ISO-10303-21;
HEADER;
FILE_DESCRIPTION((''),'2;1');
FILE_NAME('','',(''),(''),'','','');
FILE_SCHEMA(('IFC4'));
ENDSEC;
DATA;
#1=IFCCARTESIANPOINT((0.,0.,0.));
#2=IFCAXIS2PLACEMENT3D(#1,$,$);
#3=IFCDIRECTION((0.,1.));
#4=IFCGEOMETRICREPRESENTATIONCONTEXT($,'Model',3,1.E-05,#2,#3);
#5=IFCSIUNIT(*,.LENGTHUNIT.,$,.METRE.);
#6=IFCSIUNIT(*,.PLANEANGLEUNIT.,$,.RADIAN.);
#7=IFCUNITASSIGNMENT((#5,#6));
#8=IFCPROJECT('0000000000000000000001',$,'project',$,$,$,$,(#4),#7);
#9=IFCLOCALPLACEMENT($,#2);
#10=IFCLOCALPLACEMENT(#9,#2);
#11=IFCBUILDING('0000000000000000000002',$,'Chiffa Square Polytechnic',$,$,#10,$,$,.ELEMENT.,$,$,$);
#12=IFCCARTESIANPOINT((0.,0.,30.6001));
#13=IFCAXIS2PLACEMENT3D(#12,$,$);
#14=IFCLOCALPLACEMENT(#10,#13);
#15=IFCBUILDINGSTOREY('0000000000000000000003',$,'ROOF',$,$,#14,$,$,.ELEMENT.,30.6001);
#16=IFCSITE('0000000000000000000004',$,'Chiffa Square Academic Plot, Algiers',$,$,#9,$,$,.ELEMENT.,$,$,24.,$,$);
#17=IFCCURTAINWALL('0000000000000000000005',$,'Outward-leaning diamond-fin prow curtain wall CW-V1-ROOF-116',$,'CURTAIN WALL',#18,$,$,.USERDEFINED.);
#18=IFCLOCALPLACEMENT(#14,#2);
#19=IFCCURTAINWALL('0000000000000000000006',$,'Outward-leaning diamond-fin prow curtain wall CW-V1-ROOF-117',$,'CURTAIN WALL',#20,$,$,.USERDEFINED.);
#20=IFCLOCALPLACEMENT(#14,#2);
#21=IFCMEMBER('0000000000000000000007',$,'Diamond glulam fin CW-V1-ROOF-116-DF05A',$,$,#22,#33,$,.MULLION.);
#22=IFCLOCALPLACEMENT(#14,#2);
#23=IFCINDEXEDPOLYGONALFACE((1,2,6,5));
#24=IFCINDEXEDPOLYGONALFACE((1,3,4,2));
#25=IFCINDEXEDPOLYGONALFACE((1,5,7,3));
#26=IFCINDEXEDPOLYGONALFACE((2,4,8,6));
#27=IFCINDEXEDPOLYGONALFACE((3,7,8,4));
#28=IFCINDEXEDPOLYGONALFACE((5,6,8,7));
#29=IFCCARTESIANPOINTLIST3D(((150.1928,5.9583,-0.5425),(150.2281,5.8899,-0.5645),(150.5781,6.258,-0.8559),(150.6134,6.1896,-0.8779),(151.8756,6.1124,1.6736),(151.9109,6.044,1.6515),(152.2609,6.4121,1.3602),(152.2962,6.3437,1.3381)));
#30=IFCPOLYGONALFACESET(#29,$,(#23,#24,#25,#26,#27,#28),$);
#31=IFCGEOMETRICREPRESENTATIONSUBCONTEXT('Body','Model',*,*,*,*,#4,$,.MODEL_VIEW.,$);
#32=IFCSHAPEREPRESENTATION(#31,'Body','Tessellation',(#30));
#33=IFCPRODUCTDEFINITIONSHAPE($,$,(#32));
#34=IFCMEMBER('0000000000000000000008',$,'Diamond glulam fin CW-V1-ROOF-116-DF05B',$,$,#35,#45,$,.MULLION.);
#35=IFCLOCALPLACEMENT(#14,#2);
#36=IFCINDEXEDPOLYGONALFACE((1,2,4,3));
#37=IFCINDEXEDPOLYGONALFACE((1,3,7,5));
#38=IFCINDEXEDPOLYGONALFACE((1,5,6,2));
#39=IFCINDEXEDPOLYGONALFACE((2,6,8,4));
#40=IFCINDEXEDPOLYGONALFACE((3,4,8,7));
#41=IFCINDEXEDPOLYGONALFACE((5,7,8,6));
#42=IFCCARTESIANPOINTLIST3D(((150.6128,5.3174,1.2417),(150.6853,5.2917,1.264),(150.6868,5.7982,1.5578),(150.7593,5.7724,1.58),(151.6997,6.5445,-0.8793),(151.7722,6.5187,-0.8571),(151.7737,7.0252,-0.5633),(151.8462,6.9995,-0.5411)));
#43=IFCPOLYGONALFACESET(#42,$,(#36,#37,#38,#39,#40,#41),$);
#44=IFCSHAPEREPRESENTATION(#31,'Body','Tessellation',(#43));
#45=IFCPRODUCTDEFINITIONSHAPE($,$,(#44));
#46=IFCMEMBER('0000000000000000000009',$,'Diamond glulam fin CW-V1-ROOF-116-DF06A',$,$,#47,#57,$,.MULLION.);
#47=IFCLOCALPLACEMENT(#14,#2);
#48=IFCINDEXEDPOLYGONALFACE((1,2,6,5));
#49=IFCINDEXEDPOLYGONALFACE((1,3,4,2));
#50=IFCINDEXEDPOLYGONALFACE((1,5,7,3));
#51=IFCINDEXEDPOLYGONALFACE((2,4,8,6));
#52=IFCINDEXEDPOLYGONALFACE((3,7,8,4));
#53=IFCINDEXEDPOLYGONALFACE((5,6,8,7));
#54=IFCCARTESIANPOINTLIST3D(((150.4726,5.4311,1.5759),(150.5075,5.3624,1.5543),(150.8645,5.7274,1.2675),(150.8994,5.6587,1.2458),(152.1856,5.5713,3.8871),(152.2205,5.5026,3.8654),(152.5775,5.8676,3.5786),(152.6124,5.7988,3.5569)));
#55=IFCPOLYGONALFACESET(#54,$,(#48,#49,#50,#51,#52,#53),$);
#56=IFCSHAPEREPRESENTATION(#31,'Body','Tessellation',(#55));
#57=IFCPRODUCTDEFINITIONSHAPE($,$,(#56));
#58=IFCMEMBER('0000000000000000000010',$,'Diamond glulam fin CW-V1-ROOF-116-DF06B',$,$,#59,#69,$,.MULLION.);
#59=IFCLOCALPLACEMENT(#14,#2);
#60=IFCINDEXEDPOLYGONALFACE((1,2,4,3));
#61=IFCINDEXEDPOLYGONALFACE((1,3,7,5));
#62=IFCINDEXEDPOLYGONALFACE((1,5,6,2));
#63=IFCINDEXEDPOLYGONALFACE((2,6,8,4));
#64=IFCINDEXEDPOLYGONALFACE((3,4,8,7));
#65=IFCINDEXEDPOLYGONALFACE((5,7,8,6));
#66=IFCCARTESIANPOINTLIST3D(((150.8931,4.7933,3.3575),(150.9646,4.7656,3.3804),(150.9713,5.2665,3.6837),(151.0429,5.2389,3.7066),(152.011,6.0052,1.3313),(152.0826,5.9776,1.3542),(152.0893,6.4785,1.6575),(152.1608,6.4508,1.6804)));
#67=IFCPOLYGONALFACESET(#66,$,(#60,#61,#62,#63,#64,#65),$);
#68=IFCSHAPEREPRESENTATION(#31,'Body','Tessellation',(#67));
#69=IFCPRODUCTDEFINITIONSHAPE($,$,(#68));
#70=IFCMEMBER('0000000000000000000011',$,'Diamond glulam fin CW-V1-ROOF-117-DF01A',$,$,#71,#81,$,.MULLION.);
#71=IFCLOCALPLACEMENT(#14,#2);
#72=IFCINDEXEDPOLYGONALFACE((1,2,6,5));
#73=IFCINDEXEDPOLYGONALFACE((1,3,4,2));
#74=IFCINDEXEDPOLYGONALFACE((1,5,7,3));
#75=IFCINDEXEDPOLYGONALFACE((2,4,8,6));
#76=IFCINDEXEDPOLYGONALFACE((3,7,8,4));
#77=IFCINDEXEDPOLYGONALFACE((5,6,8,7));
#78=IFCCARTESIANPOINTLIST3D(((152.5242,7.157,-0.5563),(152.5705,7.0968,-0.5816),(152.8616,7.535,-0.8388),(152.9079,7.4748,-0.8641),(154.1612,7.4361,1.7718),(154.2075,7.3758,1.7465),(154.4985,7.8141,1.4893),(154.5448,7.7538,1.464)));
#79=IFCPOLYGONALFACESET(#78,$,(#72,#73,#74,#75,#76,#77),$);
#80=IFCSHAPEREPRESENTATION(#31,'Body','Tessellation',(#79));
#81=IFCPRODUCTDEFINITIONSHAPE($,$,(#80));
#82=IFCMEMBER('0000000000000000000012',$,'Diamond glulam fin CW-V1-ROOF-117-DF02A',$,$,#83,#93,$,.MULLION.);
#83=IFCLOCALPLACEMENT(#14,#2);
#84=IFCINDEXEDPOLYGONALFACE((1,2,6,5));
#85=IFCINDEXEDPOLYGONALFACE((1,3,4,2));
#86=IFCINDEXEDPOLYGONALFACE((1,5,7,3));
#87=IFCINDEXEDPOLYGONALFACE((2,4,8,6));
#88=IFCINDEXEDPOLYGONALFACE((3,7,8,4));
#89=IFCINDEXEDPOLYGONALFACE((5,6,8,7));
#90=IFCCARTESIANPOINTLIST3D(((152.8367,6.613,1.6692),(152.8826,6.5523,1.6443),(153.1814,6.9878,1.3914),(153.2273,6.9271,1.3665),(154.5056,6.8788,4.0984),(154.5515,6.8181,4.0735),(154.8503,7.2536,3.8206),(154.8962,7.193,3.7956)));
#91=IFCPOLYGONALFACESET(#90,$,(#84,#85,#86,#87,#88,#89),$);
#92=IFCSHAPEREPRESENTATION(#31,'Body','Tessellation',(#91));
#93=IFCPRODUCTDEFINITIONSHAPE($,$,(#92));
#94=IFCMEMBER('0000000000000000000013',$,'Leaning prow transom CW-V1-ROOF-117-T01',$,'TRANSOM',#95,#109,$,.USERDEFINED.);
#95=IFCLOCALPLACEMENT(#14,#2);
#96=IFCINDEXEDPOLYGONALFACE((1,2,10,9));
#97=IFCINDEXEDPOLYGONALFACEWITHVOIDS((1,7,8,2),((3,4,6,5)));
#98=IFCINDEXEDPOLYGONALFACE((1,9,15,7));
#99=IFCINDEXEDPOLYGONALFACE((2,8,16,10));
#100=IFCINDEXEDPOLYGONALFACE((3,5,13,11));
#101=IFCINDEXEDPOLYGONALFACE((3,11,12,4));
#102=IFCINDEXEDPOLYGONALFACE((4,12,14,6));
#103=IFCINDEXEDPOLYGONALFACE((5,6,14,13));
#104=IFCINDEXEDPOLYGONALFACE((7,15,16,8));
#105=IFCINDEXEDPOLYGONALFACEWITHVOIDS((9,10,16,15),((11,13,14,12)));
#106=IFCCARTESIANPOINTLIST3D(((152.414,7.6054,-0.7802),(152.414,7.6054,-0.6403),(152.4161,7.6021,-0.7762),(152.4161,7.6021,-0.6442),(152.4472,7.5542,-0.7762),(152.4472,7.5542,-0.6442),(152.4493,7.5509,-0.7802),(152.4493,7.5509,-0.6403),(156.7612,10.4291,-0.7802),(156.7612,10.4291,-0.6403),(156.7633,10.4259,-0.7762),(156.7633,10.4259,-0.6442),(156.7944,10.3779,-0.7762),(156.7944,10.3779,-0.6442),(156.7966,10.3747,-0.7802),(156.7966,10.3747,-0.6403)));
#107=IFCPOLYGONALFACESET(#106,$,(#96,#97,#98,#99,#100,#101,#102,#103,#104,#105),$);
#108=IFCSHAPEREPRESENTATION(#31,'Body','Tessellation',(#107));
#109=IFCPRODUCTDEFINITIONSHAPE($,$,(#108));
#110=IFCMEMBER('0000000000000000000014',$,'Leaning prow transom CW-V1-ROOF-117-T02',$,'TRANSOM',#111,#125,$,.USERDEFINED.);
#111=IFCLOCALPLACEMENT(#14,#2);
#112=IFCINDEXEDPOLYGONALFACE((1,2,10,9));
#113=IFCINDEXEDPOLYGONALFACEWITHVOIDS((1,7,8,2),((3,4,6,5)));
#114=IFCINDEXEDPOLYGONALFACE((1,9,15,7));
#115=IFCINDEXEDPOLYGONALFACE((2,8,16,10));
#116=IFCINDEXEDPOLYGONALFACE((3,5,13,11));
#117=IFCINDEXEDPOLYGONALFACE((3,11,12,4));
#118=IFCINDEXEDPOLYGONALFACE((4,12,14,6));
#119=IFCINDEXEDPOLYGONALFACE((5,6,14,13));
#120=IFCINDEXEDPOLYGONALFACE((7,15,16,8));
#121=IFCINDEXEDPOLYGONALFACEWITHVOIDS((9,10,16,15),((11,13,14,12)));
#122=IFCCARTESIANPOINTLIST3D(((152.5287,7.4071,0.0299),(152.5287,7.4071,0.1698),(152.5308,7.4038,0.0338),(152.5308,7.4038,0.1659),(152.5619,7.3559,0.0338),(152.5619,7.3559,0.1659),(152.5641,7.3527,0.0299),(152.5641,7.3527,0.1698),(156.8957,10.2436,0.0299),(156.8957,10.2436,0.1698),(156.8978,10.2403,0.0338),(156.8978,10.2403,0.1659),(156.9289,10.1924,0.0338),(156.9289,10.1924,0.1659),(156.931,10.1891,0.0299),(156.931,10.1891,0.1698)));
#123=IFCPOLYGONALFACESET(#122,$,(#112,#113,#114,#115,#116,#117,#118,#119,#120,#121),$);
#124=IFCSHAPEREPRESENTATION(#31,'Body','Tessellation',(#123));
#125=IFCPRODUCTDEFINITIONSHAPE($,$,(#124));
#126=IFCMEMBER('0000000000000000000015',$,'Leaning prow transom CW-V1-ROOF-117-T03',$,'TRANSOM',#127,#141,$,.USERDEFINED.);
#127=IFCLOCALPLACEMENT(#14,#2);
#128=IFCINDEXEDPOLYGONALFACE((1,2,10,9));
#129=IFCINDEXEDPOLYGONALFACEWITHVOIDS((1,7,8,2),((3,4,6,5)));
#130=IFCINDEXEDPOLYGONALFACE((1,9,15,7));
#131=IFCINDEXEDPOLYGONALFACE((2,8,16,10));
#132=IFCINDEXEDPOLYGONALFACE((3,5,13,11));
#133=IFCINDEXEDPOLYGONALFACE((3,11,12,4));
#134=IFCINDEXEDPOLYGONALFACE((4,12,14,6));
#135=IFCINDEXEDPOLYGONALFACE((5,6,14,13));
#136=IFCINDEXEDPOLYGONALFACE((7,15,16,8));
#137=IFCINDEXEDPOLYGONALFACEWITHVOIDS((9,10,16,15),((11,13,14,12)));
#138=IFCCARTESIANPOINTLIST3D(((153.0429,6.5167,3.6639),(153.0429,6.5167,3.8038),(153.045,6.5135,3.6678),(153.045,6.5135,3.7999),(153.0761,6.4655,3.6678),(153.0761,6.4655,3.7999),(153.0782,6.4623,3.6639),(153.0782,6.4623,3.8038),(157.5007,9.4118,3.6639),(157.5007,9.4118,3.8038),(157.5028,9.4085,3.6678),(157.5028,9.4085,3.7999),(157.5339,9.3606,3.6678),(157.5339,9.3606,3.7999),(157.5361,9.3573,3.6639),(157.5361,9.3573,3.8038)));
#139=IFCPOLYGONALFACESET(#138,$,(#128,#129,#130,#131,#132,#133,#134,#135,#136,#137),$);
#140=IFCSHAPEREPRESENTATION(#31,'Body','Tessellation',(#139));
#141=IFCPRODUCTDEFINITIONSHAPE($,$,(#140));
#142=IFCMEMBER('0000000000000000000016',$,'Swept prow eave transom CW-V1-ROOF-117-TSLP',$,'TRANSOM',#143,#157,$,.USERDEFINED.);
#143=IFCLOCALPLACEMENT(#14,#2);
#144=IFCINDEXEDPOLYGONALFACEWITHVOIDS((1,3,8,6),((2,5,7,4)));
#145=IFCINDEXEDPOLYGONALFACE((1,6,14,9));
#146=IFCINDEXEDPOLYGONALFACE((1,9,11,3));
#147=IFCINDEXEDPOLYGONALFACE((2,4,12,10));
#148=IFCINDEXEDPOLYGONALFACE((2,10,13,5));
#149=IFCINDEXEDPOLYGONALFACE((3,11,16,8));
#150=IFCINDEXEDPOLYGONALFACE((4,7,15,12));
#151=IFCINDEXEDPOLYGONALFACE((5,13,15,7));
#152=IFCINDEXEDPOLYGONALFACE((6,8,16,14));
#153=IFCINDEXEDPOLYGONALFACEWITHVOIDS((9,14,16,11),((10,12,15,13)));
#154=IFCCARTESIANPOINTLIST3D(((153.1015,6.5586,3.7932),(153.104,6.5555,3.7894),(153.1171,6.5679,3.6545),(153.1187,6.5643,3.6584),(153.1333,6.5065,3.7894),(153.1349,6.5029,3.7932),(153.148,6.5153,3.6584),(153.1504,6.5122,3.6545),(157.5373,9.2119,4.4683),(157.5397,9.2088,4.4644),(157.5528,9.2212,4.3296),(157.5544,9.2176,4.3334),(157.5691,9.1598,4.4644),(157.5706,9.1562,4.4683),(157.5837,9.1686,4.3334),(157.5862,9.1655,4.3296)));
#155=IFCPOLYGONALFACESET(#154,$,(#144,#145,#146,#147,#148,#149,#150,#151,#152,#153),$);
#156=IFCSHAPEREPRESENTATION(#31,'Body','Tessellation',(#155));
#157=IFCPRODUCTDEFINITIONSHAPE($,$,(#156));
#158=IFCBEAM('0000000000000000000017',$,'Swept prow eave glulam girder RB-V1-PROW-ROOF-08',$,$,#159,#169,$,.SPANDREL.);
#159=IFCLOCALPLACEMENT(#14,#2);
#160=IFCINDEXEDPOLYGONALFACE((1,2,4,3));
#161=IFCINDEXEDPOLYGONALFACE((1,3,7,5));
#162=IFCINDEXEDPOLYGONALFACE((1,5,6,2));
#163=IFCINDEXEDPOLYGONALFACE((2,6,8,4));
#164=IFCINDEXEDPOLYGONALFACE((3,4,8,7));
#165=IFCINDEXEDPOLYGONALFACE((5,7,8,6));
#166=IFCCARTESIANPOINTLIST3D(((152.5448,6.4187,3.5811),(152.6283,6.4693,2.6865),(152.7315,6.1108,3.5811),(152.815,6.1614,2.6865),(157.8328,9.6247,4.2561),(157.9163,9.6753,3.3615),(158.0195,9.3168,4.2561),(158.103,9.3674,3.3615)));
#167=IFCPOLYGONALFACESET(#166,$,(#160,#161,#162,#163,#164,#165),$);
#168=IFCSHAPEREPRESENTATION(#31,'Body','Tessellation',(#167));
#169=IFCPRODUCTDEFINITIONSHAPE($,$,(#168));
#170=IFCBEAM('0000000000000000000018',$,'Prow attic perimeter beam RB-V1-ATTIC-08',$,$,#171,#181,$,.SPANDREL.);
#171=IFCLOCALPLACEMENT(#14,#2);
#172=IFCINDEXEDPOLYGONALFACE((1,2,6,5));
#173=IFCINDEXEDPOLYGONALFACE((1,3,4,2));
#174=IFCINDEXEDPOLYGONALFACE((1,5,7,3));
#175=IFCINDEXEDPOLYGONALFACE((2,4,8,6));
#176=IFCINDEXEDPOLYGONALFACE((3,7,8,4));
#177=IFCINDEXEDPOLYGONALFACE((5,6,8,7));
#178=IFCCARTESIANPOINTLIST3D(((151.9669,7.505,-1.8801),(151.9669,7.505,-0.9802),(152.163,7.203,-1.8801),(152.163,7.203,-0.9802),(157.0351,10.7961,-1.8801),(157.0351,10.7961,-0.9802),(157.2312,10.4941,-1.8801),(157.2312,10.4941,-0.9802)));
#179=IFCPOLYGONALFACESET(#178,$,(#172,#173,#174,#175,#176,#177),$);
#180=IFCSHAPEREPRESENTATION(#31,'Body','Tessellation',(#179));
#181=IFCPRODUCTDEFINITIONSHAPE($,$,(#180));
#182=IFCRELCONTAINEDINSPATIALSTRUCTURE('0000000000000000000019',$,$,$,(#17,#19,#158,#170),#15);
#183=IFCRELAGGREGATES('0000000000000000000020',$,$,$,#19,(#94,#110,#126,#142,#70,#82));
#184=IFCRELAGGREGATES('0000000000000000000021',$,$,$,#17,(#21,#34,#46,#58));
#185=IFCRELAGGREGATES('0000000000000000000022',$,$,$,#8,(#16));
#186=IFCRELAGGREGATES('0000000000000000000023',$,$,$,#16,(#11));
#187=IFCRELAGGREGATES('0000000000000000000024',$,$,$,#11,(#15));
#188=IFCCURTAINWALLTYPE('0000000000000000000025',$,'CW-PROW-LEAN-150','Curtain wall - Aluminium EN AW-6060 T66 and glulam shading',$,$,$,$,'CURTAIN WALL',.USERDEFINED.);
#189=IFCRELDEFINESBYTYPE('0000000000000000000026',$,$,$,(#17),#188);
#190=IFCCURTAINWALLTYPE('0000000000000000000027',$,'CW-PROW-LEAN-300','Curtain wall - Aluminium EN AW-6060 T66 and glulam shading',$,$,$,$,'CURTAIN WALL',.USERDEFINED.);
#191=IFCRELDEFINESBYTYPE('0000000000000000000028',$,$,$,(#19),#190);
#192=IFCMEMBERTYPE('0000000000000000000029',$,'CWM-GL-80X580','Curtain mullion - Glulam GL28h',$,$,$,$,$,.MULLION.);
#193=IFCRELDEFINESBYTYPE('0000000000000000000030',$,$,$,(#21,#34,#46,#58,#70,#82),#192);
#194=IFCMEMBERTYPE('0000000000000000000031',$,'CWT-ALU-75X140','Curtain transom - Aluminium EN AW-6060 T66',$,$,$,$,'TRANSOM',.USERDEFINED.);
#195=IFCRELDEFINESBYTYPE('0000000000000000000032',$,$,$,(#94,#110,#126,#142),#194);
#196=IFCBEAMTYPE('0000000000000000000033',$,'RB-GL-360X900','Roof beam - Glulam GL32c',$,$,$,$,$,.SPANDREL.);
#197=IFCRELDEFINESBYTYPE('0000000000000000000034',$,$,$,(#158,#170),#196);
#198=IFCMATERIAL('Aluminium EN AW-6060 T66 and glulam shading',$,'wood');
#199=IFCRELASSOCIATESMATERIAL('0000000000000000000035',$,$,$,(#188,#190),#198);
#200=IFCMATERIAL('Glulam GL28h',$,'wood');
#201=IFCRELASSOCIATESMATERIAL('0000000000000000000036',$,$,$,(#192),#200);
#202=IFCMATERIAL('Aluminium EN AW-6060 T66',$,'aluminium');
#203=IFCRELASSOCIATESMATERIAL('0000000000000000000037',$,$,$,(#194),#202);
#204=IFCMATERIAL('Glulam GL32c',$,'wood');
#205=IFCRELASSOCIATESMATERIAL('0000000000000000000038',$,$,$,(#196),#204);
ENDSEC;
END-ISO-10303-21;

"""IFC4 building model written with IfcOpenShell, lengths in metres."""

from ifc_helpers import new_model, si_unit, direction, frame, origin, origin_2d, place, context, subcontext, project, spatial, rectangle, hollow_rectangle, extrude, material, material_profile, profile_set, type_object, element, aggregate, save


model = new_model("IFC4")

# Units and contexts
model_context = context("Model", 3, precision=1e-05, world=origin(), true_north=direction((0.0, 1.0)))
body_context = subcontext(model_context, "Body", "Model", "MODEL_VIEW")
ifc_project = project(units=[si_unit("LENGTHUNIT", "METRE"), si_unit("PLANEANGLEUNIT", "RADIAN")], contexts=[model_context])

# Site, building, storey
site_placement = place(None, origin())
site = spatial("IfcSite", under=ifc_project, at=site_placement, Name="Chiffa Square Academic Plot, Algiers", CompositionType="ELEMENT", RefElevation=24.0)
building_placement = place(site_placement, origin())
building = spatial("IfcBuilding", under=site, at=building_placement, Name="Chiffa Square Polytechnic", CompositionType="ELEMENT")
storey_placement = place(building_placement, frame((0.0, 0.0, 30.6001)))
storey = spatial("IfcBuildingStorey", under=building, at=storey_placement, Name="ROOF", CompositionType="ELEMENT", Elevation=30.6001)

# Shared definitions
ifc_material_1 = material(Name="Glulam GL32c", Category="wood")

# Curtain walls
ifc_material_2 = material(Name="Aluminium EN AW-6060 T66 and glulam shading", Category="wood")
curtain_wall_type_1 = type_object("IfcCurtainWallType", Name="CW-PROW-LEAN-150", Description="Curtain wall - Aluminium EN AW-6060 T66 and glulam shading", ElementType="CURTAIN WALL", PredefinedType="USERDEFINED", material=ifc_material_2)
curtain_wall_1_placement = place(storey_placement, origin())
curtain_wall_1 = element("IfcCurtainWall", 1, at=curtain_wall_1_placement, inside=storey, type_object=curtain_wall_type_1, Name="Outward-leaning diamond-fin prow curtain wall CW-V1-ROOF-116", ObjectType="CURTAIN WALL", PredefinedType="USERDEFINED")
ifc_material_3 = material(Name="Aluminium EN AW-6060 T66", Category="aluminium")
curtain_wall_type_2 = type_object("IfcCurtainWallType", Name="CW-PROW-LEAN-300", Description="Curtain wall - Aluminium EN AW-6060 T66 and glulam shading", ElementType="CURTAIN WALL", PredefinedType="USERDEFINED", material=ifc_material_2)
curtain_wall_2_placement = place(storey_placement, origin())
curtain_wall_2 = element("IfcCurtainWall", 2, at=curtain_wall_2_placement, inside=storey, type_object=curtain_wall_type_2, Name="Outward-leaning diamond-fin prow curtain wall CW-V1-ROOF-117", ObjectType="CURTAIN WALL", PredefinedType="USERDEFINED")

# Members
ifc_material_4 = material(Name="Glulam GL28h", Category="wood")
ifc_material_profile_1 = material_profile(ifc_material_4, rectangle(XDim=0.0801, YDim=0.5801, at=origin_2d()), Name="GL28h 80x580")
ifc_profile_set_1 = profile_set([ifc_material_profile_1], Name="Glulam GL28h")
member_type_1 = type_object("IfcMemberType", Name="CWM-GL-80X580", Description="Curtain mullion - Glulam GL28h", PredefinedType="MULLION", material=ifc_profile_set_1)
member_1_placement = place(storey_placement, frame((150.4031, 6.074, -0.7102), z_axis=(0.603852, 0.055278, 0.795178), x_axis=(-0.440725, 0.854387, 0.275289)))
member_1 = element("IfcMember", 3, at=member_1_placement, type_object=member_type_1, Name="Diamond glulam fin CW-V1-ROOF-116-DF05A", PredefinedType="MULLION", context=body_context, shape_type="SweptSolid", body=[
    extrude(rectangle(XDim=0.0801, YDim=0.5801, at=origin_2d()), origin(), (0.0, 0.0, 1.0), 2.7869),
])
member_2_placement = place(storey_placement, frame((151.7729, 6.772, -0.7102), z_axis=(-0.405461, -0.457738, 0.791251), x_axis=(0.905158, -0.321901, 0.277612)))
member_2 = element("IfcMember", 4, at=member_2_placement, type_object=member_type_1, Name="Diamond glulam fin CW-V1-ROOF-116-DF05B", PredefinedType="MULLION", context=body_context, shape_type="SweptSolid", body=[
    extrude(rectangle(XDim=0.0801, YDim=0.5801, at=origin_2d()), origin(), (0.0, 0.0, 1.0), 2.6807),
])
member_3_placement = place(storey_placement, frame((150.686, 5.5449, 1.4109), z_axis=(0.59475, 0.048658, 0.802437), x_axis=(-0.435739, 0.858334, 0.270913)))
member_3 = element("IfcMember", 5, at=member_3_placement, type_object=member_type_1, Name="Diamond glulam fin CW-V1-ROOF-116-DF06A", PredefinedType="MULLION", context=body_context, shape_type="SweptSolid", body=[
    extrude(rectangle(XDim=0.0801, YDim=0.5801, at=origin_2d()), origin(), (0.0, 0.0, 1.0), 2.8801),
])
member_4_placement = place(storey_placement, frame((152.0859, 6.228, 1.5059), z_axis=(-0.427959, -0.463942, 0.775635), x_axis=(0.893677, -0.345298, 0.286551)))
member_4 = element("IfcMember", 6, at=member_4_placement, type_object=member_type_1, Name="Diamond glulam fin CW-V1-ROOF-116-DF06B", PredefinedType="MULLION", context=body_context, shape_type="SweptSolid", body=[
    extrude(rectangle(XDim=0.0801, YDim=0.5801, at=origin_2d()), origin(), (0.0, 0.0, 1.0), 2.6123),
])
member_5_placement = place(storey_placement, frame((152.7161, 7.3159, -0.7102), z_axis=(0.572432, 0.097582, 0.814125), x_axis=(-0.578034, 0.752232, 0.316266)))
member_5 = element("IfcMember", 7, at=member_5_placement, type_object=member_type_1, Name="Diamond glulam fin CW-V1-ROOF-117-DF01A", PredefinedType="MULLION", context=body_context, shape_type="SweptSolid", body=[
    extrude(rectangle(XDim=0.0801, YDim=0.5801, at=origin_2d()), origin(), (0.0, 0.0, 1.0), 2.8596),
])
member_6_placement = place(storey_placement, frame((153.032, 6.77, 1.5178), z_axis=(0.563979, 0.089844, 0.820887), x_axis=(-0.57346, 0.757891, 0.311038)))
member_6 = element("IfcMember", 8, at=member_6_placement, type_object=member_type_1, Name="Diamond glulam fin CW-V1-ROOF-117-DF02A", PredefinedType="MULLION", context=body_context, shape_type="SweptSolid", body=[
    extrude(rectangle(XDim=0.0801, YDim=0.5801, at=origin_2d()), origin(), (0.0, 0.0, 1.0), 2.9592),
])
ifc_material_profile_2 = material_profile(ifc_material_3, hollow_rectangle(XDim=0.0649, YDim=0.1399, WallThickness=0.0039, at=origin_2d()), Name="ALU 65x140x4")
ifc_profile_set_2 = profile_set([ifc_material_profile_2], Name="Aluminium EN AW-6060 T66")
member_type_2 = type_object("IfcMemberType", Name="CWT-ALU-75X140", Description="Curtain transom - Aluminium EN AW-6060 T66", ElementType="TRANSOM", PredefinedType="USERDEFINED", material=ifc_profile_set_2)
member_7_placement = place(storey_placement, frame((152.4316, 7.5781, -0.7102), z_axis=(0.838614, 0.544727, 0.0), x_axis=(-0.544727, 0.838614, 0.0)))
member_7 = element("IfcMember", 9, at=member_7_placement, type_object=member_type_2, Name="Leaning prow transom CW-V1-ROOF-117-T01", ObjectType="TRANSOM", PredefinedType="USERDEFINED", context=body_context, shape_type="SweptSolid", body=[
    extrude(hollow_rectangle(XDim=0.0649, YDim=0.1399, WallThickness=0.0039, at=origin_2d()), origin(), (0.0, 0.0, 1.0), 5.1838),
])
member_8_placement = place(storey_placement, frame((152.5464, 7.3799, 0.0999), z_axis=(0.838627, 0.544707, 0.0), x_axis=(-0.544707, 0.838627, 0.0)))
member_8 = element("IfcMember", 10, at=member_8_placement, type_object=member_type_2, Name="Leaning prow transom CW-V1-ROOF-117-T02", ObjectType="TRANSOM", PredefinedType="USERDEFINED", context=body_context, shape_type="SweptSolid", body=[
    extrude(hollow_rectangle(XDim=0.0649, YDim=0.1399, WallThickness=0.0039, at=origin_2d()), origin(), (0.0, 0.0, 1.0), 5.2073),
])
member_9_placement = place(storey_placement, frame((153.0605, 6.4895, 3.7339), z_axis=(0.838661, 0.544654, 0.0), x_axis=(-0.544654, 0.838661, 0.0)))
member_9 = element("IfcMember", 11, at=member_9_placement, type_object=member_type_2, Name="Leaning prow transom CW-V1-ROOF-117-T03", ObjectType="TRANSOM", PredefinedType="USERDEFINED", context=body_context, shape_type="SweptSolid", body=[
    extrude(hollow_rectangle(XDim=0.0649, YDim=0.1399, WallThickness=0.0039, at=origin_2d()), origin(), (0.0, 0.0, 1.0), 5.3154),
])
member_10_placement = place(storey_placement, frame((153.126, 6.5354, 3.7239), z_axis=(0.850962, 0.509013, 0.129501), x_axis=(-0.513335, 0.858188, 0.0)))
member_10 = element("IfcMember", 12, at=member_10_placement, type_object=member_type_2, Name="Swept prow eave transom CW-V1-ROOF-117-TSLP", ObjectType="TRANSOM", PredefinedType="USERDEFINED", context=body_context, shape_type="SweptSolid", body=[
    extrude(hollow_rectangle(XDim=0.0649, YDim=0.1399, WallThickness=0.0039, at=origin_2d()), origin(), (0.0, 0.0, 1.0), 5.2126),
])

# Beams
ifc_material_profile_3 = material_profile(ifc_material_1, rectangle(XDim=0.3601, YDim=0.8999, at=origin_2d()), Name="GL32c 360x900")
ifc_profile_set_3 = profile_set([ifc_material_profile_3], Name="Glulam GL32c")
beam_type = type_object("IfcBeamType", Name="RB-GL-360X900", Description="Roof beam - Glulam GL32c", PredefinedType="SPANDREL", material=ifc_profile_set_3)
beam_1_placement = place(storey_placement, frame((152.6799, 6.29, 3.1338), z_axis=(0.850065, 0.515377, 0.108515), x_axis=(-0.518438, 0.855115, 0.0)))
element("IfcBeam", 13, at=beam_1_placement, inside=storey, type_object=beam_type, Name="Swept prow eave glulam girder RB-V1-PROW-ROOF-08", PredefinedType="SPANDREL", context=body_context, shape_type="SweptSolid", body=[
    extrude(rectangle(XDim=0.3601, YDim=0.8999, at=origin_2d()), origin(), (0.0, 0.0, 1.0), 6.2207),
])
beam_2_placement = place(storey_placement, frame((152.0649, 7.354, -1.4302), z_axis=(0.83869, 0.544609, 0.0), x_axis=(-0.544609, 0.83869, 0.0)))
element("IfcBeam", 14, at=beam_2_placement, inside=storey, type_object=beam_type, Name="Prow attic perimeter beam RB-V1-ATTIC-08", PredefinedType="SPANDREL", context=body_context, shape_type="SweptSolid", body=[
    extrude(rectangle(XDim=0.3601, YDim=0.8999, at=origin_2d()), origin(), (0.0, 0.0, 1.0), 6.043),
])

aggregate(curtain_wall_2, [member_7, member_8, member_9, member_10, member_5, member_6])
aggregate(curtain_wall_1, [member_1, member_2, member_3, member_4])

save(model, "model.ifc")
